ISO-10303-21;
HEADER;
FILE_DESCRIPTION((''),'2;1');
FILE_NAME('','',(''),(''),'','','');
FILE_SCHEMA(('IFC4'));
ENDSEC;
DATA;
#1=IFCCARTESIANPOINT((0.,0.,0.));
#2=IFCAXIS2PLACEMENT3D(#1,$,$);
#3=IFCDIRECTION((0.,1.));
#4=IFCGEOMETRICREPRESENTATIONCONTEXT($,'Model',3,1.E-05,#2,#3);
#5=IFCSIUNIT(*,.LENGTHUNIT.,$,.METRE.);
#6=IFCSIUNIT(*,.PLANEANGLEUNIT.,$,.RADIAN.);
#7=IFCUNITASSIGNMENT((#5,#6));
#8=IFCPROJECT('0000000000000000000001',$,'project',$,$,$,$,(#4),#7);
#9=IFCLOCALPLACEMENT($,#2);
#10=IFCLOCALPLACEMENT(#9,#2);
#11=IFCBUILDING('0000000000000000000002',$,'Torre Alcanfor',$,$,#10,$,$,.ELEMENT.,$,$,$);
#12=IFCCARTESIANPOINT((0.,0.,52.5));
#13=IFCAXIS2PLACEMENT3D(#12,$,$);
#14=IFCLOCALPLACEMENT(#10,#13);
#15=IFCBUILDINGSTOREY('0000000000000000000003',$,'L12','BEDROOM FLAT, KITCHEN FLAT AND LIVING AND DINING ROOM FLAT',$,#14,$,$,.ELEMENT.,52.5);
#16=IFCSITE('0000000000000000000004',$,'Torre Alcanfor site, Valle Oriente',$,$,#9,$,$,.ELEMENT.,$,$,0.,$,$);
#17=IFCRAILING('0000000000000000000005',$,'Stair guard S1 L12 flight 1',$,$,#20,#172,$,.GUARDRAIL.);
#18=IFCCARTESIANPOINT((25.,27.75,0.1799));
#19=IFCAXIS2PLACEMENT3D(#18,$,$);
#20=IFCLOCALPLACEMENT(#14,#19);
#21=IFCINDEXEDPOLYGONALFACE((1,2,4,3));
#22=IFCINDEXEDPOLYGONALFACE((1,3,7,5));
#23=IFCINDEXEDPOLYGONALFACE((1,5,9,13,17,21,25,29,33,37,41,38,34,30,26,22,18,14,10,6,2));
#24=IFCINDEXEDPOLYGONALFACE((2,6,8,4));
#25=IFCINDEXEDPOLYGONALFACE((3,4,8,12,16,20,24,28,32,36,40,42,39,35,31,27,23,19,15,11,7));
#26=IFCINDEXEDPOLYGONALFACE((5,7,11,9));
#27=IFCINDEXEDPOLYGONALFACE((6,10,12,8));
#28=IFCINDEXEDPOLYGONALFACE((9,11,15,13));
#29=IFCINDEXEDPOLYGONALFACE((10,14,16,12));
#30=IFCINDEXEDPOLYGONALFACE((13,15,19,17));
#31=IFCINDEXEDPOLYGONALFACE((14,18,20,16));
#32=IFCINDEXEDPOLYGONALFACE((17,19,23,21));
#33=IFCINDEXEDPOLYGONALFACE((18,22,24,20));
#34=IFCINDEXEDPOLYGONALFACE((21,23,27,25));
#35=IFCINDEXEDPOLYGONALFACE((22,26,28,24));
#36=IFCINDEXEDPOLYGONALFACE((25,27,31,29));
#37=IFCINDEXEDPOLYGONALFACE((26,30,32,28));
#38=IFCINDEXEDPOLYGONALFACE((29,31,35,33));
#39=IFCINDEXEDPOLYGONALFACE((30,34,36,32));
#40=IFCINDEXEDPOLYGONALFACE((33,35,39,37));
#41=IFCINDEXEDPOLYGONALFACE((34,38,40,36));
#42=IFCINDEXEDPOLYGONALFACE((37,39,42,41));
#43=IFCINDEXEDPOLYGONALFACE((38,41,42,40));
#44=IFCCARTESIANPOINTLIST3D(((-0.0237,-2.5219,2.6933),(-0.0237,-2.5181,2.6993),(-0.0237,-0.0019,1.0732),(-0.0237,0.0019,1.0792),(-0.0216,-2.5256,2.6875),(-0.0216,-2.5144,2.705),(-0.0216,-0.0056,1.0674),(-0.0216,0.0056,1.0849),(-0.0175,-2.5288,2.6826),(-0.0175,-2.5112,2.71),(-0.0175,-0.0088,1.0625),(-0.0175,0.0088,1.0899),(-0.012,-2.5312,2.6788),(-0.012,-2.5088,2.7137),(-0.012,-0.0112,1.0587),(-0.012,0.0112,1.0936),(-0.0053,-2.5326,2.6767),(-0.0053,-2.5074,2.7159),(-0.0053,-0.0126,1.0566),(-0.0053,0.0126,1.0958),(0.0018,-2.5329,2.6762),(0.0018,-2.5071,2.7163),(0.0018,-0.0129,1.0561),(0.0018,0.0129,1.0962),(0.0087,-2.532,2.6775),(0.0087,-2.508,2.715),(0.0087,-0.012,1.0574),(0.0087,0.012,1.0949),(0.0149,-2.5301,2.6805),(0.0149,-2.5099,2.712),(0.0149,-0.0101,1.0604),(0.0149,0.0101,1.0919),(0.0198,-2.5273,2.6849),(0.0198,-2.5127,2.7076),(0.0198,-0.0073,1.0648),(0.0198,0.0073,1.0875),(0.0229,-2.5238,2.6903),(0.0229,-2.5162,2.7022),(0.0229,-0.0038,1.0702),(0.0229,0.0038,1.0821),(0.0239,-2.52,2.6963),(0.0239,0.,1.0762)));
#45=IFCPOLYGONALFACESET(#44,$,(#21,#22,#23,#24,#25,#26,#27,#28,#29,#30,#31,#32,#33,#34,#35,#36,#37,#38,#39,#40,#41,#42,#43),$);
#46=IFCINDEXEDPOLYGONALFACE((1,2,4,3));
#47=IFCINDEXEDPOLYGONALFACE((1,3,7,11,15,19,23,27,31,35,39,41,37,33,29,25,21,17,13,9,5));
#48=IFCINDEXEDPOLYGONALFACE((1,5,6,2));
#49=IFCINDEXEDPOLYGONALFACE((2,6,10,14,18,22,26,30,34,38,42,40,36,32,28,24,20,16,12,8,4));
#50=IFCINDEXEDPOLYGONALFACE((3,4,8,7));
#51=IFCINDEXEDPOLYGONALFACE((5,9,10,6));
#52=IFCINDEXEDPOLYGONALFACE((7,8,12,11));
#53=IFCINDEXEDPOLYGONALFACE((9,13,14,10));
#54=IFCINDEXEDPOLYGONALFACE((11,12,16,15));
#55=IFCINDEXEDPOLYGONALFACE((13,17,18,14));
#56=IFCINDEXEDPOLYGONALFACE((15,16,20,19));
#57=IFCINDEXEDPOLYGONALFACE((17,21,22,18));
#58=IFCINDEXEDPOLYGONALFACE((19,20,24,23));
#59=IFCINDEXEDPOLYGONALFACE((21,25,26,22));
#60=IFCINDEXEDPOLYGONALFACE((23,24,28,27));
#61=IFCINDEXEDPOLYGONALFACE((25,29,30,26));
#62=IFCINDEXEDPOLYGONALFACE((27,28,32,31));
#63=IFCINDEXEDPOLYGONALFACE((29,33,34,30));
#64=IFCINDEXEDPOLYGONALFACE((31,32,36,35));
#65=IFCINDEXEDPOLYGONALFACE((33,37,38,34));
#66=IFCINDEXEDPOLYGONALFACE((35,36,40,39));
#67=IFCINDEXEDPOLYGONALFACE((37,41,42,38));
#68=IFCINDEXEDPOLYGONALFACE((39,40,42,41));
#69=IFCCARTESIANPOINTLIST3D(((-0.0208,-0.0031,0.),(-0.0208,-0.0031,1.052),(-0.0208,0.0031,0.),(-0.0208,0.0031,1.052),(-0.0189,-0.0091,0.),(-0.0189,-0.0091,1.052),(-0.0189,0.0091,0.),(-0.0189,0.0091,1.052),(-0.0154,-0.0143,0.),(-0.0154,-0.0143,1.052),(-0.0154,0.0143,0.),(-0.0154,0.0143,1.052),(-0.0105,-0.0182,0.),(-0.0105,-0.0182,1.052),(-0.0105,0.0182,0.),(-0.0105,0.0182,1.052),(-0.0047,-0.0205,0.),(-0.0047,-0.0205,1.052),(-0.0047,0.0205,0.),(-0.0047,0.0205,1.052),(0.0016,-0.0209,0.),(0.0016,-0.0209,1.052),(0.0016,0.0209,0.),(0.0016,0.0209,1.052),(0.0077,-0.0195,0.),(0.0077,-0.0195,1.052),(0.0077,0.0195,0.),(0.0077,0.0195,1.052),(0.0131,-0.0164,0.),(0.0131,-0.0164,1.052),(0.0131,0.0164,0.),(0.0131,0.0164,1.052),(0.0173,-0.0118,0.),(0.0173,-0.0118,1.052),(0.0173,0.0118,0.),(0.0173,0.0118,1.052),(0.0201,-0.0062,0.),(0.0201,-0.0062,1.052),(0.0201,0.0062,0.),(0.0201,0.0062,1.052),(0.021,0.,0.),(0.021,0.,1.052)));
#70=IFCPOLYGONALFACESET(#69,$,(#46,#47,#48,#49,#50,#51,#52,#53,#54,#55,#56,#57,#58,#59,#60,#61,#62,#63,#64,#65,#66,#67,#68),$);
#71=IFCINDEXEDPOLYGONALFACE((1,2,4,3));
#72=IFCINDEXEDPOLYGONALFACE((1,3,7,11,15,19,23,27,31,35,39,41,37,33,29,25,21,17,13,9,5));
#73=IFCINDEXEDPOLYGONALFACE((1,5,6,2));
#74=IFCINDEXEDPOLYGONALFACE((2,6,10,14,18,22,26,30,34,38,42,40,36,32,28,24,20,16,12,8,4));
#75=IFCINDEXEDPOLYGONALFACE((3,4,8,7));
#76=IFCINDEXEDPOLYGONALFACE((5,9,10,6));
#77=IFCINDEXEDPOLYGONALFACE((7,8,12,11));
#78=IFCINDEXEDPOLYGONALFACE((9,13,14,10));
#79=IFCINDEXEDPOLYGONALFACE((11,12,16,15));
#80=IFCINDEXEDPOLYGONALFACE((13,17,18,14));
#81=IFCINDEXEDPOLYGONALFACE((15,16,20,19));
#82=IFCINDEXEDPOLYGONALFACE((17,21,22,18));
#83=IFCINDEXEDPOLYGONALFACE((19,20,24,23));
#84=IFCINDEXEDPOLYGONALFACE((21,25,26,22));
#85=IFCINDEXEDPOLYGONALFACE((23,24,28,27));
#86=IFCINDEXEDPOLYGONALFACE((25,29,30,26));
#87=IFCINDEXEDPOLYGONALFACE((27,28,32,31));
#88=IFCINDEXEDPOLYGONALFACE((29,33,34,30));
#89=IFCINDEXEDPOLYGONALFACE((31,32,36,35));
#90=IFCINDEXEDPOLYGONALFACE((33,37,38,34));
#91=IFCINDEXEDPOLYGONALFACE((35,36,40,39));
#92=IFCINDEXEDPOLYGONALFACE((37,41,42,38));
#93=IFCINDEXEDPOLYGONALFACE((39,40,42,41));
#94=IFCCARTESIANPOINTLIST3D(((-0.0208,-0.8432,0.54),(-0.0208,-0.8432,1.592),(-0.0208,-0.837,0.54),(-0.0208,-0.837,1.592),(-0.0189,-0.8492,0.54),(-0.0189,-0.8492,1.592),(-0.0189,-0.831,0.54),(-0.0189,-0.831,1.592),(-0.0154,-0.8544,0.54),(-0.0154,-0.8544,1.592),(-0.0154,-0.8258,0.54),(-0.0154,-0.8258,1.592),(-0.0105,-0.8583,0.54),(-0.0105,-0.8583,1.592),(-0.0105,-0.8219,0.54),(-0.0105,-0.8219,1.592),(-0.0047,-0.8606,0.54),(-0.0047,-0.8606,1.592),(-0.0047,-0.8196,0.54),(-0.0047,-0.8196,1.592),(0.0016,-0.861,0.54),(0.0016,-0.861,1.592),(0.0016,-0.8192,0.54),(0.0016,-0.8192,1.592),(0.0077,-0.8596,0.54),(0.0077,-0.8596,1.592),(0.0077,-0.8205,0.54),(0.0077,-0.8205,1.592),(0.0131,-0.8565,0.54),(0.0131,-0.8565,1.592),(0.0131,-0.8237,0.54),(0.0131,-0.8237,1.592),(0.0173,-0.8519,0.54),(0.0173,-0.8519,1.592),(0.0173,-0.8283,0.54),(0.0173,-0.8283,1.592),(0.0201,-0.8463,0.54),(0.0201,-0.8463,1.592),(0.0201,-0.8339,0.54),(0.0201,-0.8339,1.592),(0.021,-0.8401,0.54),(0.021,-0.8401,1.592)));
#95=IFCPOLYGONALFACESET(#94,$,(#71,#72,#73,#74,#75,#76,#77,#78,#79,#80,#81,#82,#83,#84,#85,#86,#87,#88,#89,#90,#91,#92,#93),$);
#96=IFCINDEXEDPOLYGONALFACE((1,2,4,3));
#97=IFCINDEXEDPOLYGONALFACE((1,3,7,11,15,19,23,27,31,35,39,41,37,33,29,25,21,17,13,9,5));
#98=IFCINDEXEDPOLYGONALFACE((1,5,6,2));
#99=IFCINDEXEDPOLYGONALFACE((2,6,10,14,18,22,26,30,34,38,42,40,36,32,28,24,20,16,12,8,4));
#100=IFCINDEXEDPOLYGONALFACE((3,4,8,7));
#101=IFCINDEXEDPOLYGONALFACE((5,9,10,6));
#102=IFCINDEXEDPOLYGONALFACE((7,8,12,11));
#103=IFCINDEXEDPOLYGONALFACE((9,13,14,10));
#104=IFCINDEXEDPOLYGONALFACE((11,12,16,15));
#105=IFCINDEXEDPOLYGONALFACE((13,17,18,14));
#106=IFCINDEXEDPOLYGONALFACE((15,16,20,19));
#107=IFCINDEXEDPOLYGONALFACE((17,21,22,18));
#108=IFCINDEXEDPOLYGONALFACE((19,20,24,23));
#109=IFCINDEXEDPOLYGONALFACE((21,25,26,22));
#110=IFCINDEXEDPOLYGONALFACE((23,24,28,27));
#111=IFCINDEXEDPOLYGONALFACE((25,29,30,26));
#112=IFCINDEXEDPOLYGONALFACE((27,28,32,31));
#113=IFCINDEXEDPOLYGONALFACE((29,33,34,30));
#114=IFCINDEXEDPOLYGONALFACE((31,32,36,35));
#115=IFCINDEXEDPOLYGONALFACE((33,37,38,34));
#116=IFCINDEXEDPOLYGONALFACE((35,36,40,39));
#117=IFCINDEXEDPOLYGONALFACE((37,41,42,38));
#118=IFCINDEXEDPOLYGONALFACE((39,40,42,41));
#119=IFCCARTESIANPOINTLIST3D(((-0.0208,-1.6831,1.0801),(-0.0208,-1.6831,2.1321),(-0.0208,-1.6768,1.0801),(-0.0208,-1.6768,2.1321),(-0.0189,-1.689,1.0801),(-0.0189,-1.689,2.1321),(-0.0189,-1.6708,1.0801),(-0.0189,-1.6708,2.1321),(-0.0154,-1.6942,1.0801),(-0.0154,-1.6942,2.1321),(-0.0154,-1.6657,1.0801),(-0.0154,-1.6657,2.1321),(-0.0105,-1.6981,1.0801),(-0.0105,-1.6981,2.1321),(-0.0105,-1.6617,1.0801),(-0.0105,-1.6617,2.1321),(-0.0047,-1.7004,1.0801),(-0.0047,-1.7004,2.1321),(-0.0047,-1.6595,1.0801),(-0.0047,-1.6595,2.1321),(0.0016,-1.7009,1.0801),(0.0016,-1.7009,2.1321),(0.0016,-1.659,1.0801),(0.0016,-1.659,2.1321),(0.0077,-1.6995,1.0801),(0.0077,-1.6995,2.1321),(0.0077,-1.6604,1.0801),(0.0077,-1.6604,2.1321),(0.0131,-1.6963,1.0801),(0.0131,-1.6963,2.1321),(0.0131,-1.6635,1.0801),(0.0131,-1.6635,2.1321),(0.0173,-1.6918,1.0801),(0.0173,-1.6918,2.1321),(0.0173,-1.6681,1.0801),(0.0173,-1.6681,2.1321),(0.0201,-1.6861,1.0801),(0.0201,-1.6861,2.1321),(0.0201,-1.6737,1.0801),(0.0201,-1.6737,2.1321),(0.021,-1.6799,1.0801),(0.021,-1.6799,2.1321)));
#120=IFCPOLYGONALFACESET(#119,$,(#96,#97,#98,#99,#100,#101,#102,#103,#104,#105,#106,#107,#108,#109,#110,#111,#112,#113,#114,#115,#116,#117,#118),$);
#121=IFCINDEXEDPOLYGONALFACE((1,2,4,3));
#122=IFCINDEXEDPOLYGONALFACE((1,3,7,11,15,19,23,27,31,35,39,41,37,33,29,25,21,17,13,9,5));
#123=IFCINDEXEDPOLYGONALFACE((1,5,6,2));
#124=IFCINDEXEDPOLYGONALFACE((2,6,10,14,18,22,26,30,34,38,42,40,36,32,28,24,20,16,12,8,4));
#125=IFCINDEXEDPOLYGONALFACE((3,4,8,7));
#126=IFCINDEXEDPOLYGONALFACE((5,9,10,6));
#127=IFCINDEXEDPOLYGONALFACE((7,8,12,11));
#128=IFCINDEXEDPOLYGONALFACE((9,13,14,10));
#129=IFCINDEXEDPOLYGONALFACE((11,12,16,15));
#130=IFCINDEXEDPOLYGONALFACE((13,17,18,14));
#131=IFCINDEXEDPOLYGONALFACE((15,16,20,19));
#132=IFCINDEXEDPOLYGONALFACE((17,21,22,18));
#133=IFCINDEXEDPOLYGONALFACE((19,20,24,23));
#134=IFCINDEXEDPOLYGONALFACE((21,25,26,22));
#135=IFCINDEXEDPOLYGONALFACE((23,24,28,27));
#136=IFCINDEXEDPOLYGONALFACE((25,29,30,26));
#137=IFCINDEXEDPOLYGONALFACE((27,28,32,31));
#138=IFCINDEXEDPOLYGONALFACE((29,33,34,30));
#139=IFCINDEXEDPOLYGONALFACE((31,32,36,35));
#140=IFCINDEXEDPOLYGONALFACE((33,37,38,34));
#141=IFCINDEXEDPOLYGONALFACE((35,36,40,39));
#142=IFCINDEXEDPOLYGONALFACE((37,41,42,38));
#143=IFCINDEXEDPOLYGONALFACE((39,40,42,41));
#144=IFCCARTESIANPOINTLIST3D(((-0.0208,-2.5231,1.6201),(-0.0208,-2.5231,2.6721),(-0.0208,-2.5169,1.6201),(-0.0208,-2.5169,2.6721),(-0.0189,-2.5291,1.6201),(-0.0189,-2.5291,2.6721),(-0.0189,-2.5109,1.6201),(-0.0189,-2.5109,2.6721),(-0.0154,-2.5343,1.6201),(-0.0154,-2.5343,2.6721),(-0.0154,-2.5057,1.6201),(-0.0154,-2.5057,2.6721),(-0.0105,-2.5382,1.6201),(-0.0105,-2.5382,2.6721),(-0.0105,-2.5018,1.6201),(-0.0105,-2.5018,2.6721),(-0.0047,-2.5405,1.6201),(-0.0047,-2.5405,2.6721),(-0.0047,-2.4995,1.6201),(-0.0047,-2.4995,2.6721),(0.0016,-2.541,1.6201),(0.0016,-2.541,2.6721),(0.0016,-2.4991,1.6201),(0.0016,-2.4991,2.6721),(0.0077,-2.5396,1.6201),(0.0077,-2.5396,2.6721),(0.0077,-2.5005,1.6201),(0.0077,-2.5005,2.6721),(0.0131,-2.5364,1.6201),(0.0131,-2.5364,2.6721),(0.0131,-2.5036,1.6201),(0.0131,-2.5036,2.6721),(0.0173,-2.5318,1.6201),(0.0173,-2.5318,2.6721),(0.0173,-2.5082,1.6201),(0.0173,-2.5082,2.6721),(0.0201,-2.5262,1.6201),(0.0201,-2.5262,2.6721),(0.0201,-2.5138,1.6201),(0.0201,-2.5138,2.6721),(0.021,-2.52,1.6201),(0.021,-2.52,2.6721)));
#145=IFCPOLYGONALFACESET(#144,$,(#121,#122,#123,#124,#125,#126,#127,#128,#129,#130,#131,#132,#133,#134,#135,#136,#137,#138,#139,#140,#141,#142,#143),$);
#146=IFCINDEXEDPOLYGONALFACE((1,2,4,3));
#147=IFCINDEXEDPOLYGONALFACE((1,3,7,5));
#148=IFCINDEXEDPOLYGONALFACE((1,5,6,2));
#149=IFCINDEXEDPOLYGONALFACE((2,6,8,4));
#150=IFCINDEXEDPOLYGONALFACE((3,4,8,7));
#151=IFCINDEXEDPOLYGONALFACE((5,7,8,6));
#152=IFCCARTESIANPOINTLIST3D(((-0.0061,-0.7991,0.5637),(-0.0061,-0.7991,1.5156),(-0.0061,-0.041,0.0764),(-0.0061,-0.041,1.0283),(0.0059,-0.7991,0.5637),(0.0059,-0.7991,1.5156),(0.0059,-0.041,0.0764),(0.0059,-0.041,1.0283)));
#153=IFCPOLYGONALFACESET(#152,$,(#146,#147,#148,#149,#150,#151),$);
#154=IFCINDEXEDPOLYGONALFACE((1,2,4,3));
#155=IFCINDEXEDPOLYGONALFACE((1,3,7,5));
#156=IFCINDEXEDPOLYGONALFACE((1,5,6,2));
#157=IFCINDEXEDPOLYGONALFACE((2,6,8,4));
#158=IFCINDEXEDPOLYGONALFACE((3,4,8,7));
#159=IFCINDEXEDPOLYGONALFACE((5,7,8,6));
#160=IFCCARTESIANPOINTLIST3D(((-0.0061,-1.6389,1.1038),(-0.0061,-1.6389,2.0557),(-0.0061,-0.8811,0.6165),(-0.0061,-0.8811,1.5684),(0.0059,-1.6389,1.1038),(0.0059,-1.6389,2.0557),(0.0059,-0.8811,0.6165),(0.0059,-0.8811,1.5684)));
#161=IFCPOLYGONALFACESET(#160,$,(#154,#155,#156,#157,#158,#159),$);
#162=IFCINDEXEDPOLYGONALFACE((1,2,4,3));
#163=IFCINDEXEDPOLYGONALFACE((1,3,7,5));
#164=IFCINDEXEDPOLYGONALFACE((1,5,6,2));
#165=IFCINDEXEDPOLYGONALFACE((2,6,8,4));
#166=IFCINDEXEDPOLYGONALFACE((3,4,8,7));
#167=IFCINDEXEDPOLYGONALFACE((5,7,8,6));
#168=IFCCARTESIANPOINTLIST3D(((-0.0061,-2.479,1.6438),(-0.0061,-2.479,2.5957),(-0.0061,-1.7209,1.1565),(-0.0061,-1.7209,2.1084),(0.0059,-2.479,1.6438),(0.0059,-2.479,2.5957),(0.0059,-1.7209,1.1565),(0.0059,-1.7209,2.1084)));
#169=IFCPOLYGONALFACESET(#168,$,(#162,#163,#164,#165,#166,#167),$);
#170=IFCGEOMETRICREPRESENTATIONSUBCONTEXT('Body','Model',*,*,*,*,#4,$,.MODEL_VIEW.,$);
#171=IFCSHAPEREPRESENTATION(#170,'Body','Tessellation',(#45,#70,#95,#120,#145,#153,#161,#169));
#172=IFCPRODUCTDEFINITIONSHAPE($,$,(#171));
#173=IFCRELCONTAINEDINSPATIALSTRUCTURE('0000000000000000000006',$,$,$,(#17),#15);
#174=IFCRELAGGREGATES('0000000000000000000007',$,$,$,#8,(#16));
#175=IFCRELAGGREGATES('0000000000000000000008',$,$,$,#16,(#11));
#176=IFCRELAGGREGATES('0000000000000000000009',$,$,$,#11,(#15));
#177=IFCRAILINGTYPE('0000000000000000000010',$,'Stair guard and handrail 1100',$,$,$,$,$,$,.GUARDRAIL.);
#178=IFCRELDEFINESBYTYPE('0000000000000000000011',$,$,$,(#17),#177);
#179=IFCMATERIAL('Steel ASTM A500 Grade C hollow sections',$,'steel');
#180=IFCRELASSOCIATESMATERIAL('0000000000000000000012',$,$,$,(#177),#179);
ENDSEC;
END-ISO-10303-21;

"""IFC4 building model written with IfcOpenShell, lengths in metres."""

from ifc_helpers import new_model, si_unit, direction, frame, origin, origin_2d, place, context, subcontext, project, spatial, polyline, circle, outline, extrude, material, type_object, element, save


model = new_model("IFC4")

# Units and contexts
model_context = context("Model", 3, precision=1e-05, world=origin(), true_north=direction((0.0, 1.0)))
body_context = subcontext(model_context, "Body", "Model", "MODEL_VIEW")
ifc_project = project(units=[si_unit("LENGTHUNIT", "METRE"), si_unit("PLANEANGLEUNIT", "RADIAN")], contexts=[model_context])

# Site, building, storey
site_placement = place(None, origin())
site = spatial("IfcSite", under=ifc_project, at=site_placement, Name="Torre Alcanfor site, Valle Oriente", CompositionType="ELEMENT", RefElevation=0.0)
building_placement = place(site_placement, origin())
building = spatial("IfcBuilding", under=site, at=building_placement, Name="Torre Alcanfor", CompositionType="ELEMENT")
storey_placement = place(building_placement, frame((0.0, 0.0, 52.5)))
storey = spatial("IfcBuildingStorey", under=building, at=storey_placement, Name="L12", Description="BEDROOM FLAT, KITCHEN FLAT AND LIVING AND DINING ROOM FLAT", CompositionType="ELEMENT", Elevation=52.5)

# Railing
ifc_material_1 = material(Name="Steel ASTM A500 Grade C hollow sections", Category="steel")
railing_type_1 = type_object("IfcRailingType", Name="Stair guard and handrail 1100", PredefinedType="GUARDRAIL", material=ifc_material_1)
railing_1_placement = place(storey_placement, frame((25.0, 27.75, 0.1799)))
element("IfcRailing", 1, at=railing_1_placement, inside=storey, type_object=railing_type_1, Name="Stair guard S1 L12 flight 1", PredefinedType="GUARDRAIL", context=body_context, shape_type="SweptSolid", body=[
    extrude(circle(Radius=0.0239, at=origin_2d()), frame((0.0, 0.0, 1.0762), z_axis=(0.0, -0.841163, 0.540782), x_axis=(1.0, 0.0, 0.0)), (0.0, 0.0, 1.0), 2.9958),
    extrude(circle(Radius=0.021, at=origin_2d()), origin(), (0.0, 0.0, 1.0), 1.052),
    extrude(circle(Radius=0.021, at=origin_2d()), frame((0.0, -0.8401, 0.54)), (0.0, 0.0, 1.0), 1.052),
    extrude(circle(Radius=0.021, at=origin_2d()), frame((0.0, -1.6799, 1.0801)), (0.0, 0.0, 1.0), 1.052),
    extrude(circle(Radius=0.021, at=origin_2d()), frame((0.0, -2.52, 1.6201)), (0.0, 0.0, 1.0), 1.052),
    extrude(outline(polyline([(0.041, 0.0764), (0.7991, 0.5637), (0.7991, 1.5156), (0.041, 1.0283), (0.041, 0.0764)])), frame((0.0059, 0.0, 0.0), z_axis=(-1.0, 0.0, 0.0), x_axis=(0.0, -1.0, 0.0)), (0.0, 0.0, 1.0), 0.012),
    extrude(outline(polyline([(0.8811, 0.6165), (1.6389, 1.1038), (1.6389, 2.0557), (0.8811, 1.5684), (0.8811, 0.6165)])), frame((0.0059, 0.0, 0.0), z_axis=(-1.0, 0.0, 0.0), x_axis=(0.0, -1.0, 0.0)), (0.0, 0.0, 1.0), 0.012),
    extrude(outline(polyline([(1.7209, 1.1565), (2.479, 1.6438), (2.479, 2.5957), (1.7209, 2.1084), (1.7209, 1.1565)])), frame((0.0059, 0.0, 0.0), z_axis=(-1.0, 0.0, 0.0), x_axis=(0.0, -1.0, 0.0)), (0.0, 0.0, 1.0), 0.012),
])

save(model, "model.ifc")
